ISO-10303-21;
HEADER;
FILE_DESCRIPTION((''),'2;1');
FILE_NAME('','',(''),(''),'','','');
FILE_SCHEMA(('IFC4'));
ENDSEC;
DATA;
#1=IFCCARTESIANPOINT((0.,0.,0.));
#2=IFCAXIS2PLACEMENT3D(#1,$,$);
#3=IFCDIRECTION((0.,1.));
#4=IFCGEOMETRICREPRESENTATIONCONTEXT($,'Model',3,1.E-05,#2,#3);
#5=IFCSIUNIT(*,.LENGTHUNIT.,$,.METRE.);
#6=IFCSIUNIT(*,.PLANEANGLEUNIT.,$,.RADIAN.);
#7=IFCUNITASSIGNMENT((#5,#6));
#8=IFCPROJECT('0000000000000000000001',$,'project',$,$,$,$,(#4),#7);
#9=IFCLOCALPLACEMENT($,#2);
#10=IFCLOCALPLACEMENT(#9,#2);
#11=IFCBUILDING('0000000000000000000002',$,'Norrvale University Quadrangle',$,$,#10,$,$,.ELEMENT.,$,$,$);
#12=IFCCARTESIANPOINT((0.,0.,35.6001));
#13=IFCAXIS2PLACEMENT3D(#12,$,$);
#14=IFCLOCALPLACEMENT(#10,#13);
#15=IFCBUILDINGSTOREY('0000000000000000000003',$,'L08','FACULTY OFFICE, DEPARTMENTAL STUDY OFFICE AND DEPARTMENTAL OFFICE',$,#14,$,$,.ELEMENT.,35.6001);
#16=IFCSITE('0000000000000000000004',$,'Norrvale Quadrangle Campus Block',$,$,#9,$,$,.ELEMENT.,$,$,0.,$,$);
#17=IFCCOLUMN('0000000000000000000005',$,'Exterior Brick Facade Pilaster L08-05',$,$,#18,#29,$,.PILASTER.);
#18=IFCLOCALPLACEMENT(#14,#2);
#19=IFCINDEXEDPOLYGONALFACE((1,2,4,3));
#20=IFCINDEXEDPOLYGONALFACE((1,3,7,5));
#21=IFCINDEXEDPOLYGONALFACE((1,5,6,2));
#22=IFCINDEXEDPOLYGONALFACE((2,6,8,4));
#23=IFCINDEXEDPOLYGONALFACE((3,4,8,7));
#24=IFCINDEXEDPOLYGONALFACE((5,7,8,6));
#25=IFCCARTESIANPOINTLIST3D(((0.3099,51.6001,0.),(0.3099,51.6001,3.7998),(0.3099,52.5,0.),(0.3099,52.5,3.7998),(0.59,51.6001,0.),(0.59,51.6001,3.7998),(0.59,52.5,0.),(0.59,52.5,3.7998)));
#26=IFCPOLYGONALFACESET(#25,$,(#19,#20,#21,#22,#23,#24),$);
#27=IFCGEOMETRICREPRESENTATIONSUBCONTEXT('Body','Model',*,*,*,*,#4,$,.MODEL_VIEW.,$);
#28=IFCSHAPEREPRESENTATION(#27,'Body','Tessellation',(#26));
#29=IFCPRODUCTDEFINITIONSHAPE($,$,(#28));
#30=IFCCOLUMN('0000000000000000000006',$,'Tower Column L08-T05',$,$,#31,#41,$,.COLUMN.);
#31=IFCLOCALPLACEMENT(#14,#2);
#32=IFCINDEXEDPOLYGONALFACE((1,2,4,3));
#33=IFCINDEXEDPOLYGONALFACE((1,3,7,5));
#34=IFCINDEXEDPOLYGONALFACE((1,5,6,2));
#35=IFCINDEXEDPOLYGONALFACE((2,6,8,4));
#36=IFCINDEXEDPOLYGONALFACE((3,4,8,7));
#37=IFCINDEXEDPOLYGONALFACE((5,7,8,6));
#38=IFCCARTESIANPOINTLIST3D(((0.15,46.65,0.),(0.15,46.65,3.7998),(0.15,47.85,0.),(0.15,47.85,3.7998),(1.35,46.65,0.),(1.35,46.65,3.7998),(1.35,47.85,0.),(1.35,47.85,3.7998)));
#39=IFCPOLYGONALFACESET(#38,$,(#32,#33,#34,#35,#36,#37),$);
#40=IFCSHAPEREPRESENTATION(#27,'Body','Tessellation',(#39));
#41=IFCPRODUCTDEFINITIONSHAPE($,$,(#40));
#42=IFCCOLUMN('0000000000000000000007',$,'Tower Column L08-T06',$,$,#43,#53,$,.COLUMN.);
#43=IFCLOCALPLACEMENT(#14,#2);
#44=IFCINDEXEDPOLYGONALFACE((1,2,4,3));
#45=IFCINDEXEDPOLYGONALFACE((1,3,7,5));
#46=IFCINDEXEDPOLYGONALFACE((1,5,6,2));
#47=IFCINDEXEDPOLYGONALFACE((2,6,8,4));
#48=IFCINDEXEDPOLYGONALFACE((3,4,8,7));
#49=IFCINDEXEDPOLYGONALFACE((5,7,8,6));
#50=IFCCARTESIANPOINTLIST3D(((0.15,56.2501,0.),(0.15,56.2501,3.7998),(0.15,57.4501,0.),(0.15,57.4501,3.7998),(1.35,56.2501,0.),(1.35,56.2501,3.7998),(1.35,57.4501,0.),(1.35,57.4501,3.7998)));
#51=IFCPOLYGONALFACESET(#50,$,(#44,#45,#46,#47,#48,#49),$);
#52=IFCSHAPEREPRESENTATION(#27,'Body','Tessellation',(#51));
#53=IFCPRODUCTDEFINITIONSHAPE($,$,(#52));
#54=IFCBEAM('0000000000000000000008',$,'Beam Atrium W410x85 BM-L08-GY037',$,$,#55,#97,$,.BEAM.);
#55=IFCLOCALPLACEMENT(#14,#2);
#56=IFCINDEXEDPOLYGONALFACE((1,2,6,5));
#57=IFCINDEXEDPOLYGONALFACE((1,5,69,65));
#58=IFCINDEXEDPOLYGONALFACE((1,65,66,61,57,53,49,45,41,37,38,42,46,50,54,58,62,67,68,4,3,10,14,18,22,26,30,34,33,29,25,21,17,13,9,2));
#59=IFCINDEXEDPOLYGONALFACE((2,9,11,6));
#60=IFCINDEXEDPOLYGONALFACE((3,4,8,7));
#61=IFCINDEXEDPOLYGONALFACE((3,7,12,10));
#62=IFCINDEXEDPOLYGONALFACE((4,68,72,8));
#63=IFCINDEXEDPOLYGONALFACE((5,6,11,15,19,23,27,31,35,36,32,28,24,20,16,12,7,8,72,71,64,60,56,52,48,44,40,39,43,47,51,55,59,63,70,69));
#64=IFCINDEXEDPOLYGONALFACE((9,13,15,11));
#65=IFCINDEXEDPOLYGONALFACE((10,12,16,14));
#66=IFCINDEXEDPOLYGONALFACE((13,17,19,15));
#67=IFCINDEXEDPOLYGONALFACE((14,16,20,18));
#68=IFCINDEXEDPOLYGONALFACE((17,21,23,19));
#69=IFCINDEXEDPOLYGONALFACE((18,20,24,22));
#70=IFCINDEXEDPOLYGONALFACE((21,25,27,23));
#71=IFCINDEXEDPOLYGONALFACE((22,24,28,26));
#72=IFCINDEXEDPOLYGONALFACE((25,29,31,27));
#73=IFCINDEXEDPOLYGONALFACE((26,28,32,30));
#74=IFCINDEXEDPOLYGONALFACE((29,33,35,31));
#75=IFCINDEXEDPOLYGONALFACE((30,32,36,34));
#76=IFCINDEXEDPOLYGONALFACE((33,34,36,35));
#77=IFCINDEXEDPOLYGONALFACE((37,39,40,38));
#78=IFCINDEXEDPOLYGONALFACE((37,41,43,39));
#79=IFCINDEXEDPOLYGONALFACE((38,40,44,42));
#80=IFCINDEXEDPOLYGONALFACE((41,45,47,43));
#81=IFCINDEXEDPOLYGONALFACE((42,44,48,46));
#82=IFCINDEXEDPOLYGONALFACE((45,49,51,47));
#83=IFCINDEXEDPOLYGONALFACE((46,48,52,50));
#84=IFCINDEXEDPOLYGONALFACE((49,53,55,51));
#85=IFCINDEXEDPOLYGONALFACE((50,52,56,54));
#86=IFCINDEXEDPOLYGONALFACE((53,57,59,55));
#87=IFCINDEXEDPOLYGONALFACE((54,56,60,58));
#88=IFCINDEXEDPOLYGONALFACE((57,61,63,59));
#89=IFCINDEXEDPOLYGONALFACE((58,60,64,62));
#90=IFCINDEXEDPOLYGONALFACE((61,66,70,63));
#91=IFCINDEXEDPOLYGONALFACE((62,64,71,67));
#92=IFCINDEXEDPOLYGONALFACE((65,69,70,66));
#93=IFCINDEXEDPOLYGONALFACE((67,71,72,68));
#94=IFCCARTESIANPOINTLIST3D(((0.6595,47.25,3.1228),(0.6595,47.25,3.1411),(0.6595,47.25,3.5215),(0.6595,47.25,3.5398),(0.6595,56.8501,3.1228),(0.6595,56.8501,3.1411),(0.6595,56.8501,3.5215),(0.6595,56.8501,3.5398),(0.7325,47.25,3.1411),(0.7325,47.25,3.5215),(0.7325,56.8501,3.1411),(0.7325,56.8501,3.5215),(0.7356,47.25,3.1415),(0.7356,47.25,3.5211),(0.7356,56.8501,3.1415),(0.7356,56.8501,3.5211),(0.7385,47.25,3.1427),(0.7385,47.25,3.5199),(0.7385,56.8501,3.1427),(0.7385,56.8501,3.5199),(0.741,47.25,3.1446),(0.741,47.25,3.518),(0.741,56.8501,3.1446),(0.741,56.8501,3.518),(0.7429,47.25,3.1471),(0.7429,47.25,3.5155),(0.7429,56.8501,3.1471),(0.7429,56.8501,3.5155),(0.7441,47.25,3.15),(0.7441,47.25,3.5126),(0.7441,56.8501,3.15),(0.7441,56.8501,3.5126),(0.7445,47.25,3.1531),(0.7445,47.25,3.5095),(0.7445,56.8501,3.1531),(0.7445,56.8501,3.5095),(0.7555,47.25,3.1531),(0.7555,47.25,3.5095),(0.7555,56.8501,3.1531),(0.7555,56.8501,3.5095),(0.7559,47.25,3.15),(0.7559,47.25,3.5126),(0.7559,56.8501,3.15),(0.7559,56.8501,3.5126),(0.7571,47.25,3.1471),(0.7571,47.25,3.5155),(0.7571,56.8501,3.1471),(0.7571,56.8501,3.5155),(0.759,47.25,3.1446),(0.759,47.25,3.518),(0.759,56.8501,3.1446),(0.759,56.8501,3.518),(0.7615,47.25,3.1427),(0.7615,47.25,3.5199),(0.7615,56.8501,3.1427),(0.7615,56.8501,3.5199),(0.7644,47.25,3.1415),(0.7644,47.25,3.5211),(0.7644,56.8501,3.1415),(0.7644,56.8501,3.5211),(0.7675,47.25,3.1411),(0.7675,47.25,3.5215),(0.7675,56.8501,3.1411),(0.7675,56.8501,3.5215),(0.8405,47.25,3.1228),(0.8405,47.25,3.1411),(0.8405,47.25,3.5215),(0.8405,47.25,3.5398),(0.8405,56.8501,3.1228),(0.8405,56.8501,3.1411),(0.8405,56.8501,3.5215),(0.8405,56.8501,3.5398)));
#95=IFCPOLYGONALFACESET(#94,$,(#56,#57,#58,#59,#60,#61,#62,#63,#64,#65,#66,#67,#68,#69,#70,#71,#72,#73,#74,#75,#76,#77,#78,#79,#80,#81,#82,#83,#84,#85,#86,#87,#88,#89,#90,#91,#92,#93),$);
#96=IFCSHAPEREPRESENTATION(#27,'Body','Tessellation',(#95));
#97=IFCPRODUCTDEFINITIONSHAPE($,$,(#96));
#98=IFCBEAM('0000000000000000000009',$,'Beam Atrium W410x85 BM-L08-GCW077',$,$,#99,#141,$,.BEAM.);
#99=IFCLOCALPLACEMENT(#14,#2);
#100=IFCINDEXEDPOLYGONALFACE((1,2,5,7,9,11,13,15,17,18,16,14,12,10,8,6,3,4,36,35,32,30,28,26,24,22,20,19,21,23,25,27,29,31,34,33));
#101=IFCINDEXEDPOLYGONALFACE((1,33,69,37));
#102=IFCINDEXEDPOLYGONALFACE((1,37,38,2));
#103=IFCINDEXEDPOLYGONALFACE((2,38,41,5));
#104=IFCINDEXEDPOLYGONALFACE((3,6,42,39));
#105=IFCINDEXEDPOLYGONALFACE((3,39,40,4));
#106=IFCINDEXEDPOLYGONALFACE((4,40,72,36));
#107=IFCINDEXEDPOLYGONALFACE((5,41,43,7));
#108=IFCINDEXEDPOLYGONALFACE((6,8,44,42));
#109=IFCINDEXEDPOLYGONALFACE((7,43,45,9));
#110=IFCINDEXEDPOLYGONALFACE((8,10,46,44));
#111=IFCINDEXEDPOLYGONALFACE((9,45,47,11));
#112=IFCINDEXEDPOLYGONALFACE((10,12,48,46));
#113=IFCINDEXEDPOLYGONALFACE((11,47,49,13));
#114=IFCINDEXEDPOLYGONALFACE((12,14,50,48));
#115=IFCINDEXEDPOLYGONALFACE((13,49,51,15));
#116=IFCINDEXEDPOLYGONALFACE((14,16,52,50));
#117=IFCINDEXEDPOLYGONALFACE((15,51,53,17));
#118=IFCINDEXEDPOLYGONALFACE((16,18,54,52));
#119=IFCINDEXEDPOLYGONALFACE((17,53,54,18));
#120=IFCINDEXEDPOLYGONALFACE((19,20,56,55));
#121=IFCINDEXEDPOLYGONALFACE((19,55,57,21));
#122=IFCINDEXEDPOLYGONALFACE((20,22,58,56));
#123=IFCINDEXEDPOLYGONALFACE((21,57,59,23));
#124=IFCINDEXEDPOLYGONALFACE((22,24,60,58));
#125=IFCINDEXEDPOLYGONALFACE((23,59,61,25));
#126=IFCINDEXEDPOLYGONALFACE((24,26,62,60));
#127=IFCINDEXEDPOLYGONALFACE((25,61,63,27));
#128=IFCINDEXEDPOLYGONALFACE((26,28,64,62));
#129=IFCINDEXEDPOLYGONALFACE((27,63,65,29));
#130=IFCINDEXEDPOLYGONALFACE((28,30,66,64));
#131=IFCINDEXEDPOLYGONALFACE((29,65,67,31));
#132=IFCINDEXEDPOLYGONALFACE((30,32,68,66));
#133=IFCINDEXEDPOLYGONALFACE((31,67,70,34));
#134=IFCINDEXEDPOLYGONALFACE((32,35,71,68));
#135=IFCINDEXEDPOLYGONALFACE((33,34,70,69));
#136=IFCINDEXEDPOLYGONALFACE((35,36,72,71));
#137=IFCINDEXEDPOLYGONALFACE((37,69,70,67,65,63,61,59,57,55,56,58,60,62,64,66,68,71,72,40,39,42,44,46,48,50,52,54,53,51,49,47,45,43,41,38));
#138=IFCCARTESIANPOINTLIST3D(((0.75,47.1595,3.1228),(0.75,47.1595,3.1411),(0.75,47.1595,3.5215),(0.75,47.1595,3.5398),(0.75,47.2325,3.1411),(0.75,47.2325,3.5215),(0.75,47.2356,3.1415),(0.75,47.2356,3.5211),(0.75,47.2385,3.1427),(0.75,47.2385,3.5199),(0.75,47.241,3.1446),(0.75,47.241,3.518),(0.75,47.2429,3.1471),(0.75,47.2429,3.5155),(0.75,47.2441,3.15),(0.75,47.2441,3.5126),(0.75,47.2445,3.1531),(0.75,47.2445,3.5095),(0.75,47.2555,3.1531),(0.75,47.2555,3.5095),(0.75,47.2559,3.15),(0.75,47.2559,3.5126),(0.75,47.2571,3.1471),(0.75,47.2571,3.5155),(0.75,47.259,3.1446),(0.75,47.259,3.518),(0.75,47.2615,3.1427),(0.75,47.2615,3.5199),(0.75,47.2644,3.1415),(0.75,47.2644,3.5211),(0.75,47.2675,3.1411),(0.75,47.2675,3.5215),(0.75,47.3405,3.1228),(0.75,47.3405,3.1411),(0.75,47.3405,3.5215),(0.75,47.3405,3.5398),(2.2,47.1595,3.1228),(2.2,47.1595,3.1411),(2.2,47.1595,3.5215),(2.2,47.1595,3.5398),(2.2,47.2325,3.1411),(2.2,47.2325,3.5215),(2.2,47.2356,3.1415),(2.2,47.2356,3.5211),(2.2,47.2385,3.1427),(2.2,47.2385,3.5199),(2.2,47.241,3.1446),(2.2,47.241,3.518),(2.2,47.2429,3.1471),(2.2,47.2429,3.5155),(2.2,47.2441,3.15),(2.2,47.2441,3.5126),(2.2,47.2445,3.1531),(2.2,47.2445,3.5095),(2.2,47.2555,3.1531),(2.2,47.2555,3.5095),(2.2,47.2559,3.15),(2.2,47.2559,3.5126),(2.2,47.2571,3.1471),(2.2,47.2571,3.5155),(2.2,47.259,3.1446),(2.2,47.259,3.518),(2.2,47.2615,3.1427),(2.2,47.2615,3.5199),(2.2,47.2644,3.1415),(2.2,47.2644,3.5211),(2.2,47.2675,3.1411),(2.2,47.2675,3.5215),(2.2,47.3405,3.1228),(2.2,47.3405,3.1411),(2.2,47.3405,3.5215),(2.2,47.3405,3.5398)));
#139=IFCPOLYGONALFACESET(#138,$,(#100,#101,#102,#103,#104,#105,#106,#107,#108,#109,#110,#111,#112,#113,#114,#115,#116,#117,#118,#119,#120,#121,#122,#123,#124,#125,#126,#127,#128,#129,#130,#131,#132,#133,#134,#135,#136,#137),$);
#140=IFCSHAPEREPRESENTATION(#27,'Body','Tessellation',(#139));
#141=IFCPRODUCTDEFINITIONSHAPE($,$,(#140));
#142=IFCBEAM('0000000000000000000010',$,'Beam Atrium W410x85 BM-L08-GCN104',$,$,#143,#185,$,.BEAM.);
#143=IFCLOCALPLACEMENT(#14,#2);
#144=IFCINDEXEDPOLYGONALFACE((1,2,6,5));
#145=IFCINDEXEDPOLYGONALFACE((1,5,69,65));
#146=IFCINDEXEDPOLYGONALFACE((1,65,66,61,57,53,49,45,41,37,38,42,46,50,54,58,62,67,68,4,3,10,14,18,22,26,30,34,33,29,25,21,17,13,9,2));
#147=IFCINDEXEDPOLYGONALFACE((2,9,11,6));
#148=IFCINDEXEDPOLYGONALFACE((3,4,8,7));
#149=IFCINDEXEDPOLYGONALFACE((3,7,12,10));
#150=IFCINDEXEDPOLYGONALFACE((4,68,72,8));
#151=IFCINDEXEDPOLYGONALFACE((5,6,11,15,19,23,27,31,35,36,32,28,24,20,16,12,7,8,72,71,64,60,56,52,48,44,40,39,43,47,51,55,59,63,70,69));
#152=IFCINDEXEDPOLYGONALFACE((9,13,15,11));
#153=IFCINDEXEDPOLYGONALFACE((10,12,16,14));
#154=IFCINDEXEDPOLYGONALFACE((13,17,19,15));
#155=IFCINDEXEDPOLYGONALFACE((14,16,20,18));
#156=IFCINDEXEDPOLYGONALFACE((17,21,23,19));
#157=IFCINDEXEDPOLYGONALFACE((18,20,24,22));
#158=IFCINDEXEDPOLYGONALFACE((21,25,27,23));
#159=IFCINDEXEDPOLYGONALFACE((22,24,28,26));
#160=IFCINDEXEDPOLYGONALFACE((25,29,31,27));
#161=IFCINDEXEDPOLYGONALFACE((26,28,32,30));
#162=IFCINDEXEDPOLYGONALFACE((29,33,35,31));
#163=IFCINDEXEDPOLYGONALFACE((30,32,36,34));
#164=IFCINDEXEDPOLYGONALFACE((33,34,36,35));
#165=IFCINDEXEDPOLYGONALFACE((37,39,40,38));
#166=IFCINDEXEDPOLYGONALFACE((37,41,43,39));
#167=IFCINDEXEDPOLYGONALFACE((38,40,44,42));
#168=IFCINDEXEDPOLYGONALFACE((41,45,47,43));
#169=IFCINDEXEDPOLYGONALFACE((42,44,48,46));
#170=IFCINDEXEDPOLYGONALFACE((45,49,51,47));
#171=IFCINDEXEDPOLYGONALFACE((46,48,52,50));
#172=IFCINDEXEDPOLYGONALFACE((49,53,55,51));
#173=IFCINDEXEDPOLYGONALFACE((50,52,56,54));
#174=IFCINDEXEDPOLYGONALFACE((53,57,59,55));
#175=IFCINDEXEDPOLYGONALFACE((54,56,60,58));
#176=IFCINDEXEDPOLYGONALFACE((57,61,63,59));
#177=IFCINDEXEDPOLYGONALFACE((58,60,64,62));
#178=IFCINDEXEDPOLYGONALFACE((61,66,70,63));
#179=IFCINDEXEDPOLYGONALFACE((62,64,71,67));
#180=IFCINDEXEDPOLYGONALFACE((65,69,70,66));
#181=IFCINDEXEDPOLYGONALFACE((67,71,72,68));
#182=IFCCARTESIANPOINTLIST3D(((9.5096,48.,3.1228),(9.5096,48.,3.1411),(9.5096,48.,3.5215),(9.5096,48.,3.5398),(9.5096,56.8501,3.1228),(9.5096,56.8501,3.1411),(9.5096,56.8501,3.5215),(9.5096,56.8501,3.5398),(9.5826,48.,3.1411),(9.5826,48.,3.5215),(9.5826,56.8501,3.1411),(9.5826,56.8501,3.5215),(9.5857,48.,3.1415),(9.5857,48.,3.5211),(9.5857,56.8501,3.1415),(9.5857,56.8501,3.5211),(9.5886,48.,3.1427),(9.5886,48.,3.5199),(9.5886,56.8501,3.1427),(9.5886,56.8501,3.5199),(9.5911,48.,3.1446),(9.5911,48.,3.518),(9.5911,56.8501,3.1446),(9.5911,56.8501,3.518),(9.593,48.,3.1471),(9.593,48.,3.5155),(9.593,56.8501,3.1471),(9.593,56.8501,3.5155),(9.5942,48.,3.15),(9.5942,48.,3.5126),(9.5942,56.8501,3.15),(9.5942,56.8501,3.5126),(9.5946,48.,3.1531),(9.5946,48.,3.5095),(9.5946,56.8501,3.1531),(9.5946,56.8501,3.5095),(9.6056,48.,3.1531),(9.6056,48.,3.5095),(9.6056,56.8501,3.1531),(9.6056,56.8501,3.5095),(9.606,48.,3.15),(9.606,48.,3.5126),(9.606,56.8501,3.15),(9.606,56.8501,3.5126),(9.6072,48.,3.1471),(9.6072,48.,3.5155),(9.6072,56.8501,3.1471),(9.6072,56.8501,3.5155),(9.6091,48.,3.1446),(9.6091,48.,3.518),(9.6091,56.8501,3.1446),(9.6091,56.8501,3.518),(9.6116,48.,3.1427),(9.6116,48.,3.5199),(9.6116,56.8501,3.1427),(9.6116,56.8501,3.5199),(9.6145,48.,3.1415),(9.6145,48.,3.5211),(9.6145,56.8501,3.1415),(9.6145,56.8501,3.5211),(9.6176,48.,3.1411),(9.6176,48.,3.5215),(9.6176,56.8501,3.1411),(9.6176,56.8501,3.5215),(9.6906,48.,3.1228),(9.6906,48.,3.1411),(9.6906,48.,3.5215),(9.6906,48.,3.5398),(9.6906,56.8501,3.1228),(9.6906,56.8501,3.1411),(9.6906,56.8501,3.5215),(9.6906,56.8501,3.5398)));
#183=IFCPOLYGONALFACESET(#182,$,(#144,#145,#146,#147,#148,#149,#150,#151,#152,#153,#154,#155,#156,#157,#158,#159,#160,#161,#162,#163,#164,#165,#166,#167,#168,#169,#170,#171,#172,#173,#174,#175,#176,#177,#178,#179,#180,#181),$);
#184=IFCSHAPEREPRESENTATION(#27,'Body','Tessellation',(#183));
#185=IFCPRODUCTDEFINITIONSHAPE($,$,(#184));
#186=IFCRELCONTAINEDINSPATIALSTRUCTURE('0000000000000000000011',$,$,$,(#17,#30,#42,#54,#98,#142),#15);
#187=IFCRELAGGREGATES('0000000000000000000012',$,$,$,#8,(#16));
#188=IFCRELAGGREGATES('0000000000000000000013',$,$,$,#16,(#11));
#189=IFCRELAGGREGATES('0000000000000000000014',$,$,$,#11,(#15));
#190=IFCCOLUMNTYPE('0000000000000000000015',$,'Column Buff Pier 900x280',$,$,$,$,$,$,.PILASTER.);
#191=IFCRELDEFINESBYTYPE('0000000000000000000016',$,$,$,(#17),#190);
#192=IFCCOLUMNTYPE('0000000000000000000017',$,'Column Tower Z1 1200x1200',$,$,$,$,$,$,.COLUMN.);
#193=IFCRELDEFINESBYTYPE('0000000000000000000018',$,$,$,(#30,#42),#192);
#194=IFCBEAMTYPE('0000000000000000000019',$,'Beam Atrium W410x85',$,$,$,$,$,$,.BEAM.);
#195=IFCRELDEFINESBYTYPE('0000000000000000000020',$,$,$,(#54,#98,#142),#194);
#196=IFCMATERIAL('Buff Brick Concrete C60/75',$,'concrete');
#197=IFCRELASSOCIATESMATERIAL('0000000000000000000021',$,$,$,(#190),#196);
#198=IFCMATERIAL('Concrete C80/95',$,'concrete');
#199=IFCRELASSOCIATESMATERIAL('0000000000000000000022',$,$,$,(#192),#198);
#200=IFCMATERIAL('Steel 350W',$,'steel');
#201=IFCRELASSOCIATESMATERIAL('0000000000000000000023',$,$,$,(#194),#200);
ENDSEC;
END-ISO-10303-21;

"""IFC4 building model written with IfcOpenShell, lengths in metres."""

from ifc_helpers import new_model, si_unit, direction, frame, origin, origin_2d, place, context, subcontext, project, spatial, rectangle, i_section, extrude, material, material_profile, profile_set, type_object, element, save


model = new_model("IFC4")

# Units and contexts
model_context = context("Model", 3, precision=1e-05, world=origin(), true_north=direction((0.0, 1.0)))
body_context = subcontext(model_context, "Body", "Model", "MODEL_VIEW")
ifc_project = project(units=[si_unit("LENGTHUNIT", "METRE"), si_unit("PLANEANGLEUNIT", "RADIAN")], contexts=[model_context])

# Site, building, storey
site_placement = place(None, origin())
site = spatial("IfcSite", under=ifc_project, at=site_placement, Name="Norrvale Quadrangle Campus Block", CompositionType="ELEMENT", RefElevation=0.0)
building_placement = place(site_placement, origin())
building = spatial("IfcBuilding", under=site, at=building_placement, Name="Norrvale University Quadrangle", CompositionType="ELEMENT")
storey_placement = place(building_placement, frame((0.0, 0.0, 35.6001)))
storey = spatial("IfcBuildingStorey", under=building, at=storey_placement, Name="L08", Description="FACULTY OFFICE, DEPARTMENTAL STUDY OFFICE AND DEPARTMENTAL OFFICE", CompositionType="ELEMENT", Elevation=35.6001)

# Columns
ifc_material_1 = material(Name="Buff Brick Concrete C60/75", Category="concrete")
ifc_material_profile_1 = material_profile(ifc_material_1, rectangle(XDim=0.8999, YDim=0.28, at=origin_2d()), Name="Buff Brick Concrete C60/75")
ifc_profile_set_1 = profile_set([ifc_material_profile_1], Name="Buff Brick Concrete C60/75")
column_type_1 = type_object("IfcColumnType", Name="Column Buff Pier 900x280", PredefinedType="PILASTER", material=ifc_profile_set_1)
column_placement = place(storey_placement, frame((0.45, 52.05, 0.0), z_axis=(0.0, 0.0, 1.0), x_axis=(0.0, 1.0, 0.0)))
element("IfcColumn", 1, at=column_placement, inside=storey, type_object=column_type_1, Name="Exterior Brick Facade Pilaster L08-05", PredefinedType="PILASTER", context=body_context, shape_type="SweptSolid", body=[
    extrude(rectangle(XDim=0.8999, YDim=0.28, at=origin_2d()), origin(), (0.0, 0.0, 1.0), 3.7998),
])
ifc_material_2 = material(Name="Concrete C80/95", Category="concrete")
ifc_material_profile_2 = material_profile(ifc_material_2, rectangle(XDim=1.2, YDim=1.2, at=origin_2d()), Name="Concrete C80/95")
ifc_profile_set_2 = profile_set([ifc_material_profile_2], Name="Concrete C80/95")
column_type_2 = type_object("IfcColumnType", Name="Column Tower Z1 1200x1200", PredefinedType="COLUMN", material=ifc_profile_set_2)
for number, where, z_axis, x_axis, name in (
    (2, (0.75, 47.25, 0.0), (0.0, 0.0, 1.0), (1.0, 0.0, 0.0), "Tower Column L08-T05"),
    (3, (0.75, 56.8501, 0.0), (0.0, 0.0, 1.0), (1.0, 0.0, 0.0), "Tower Column L08-T06"),
):
    element("IfcColumn", number, at=place(storey_placement, frame(where, z_axis=z_axis, x_axis=x_axis)), inside=storey, type_object=column_type_2, Name=name, PredefinedType="COLUMN", context=body_context, shape_type="SweptSolid", body=[
        extrude(rectangle(XDim=1.2, YDim=1.2, at=origin_2d()), origin(), (0.0, 0.0, 1.0), 3.7998),
    ])

# Beams
ifc_material_3 = material(Name="Steel 350W", Category="steel")
ifc_material_profile_3 = material_profile(ifc_material_3, i_section(OverallWidth=0.1809, OverallDepth=0.417, WebThickness=0.011, FlangeThickness=0.0183, FilletRadius=0.012, at=origin_2d()), Name="Steel 350W")
ifc_profile_set_3 = profile_set([ifc_material_profile_3], Name="Steel 350W")
beam_type_1 = type_object("IfcBeamType", Name="Beam Atrium W410x85", PredefinedType="BEAM", material=ifc_profile_set_3)
beam_1_placement = place(storey_placement, frame((0.75, 47.25, 3.3313), z_axis=(0.0, 1.0, 0.0), x_axis=(-1.0, 0.0, 0.0)))
element("IfcBeam", 4, at=beam_1_placement, inside=storey, type_object=beam_type_1, Name="Beam Atrium W410x85 BM-L08-GY037", PredefinedType="BEAM", context=body_context, shape_type="SweptSolid", body=[
    extrude(i_section(OverallWidth=0.1809, OverallDepth=0.417, WebThickness=0.011, FlangeThickness=0.0183, FilletRadius=0.012, at=origin_2d()), origin(), (0.0, 0.0, 1.0), 9.6001),
])
beam_2_placement = place(storey_placement, frame((0.75, 47.25, 3.3313), z_axis=(1.0, 0.0, 0.0), x_axis=(0.0, 1.0, 0.0)))
element("IfcBeam", 5, at=beam_2_placement, inside=storey, type_object=beam_type_1, Name="Beam Atrium W410x85 BM-L08-GCW077", PredefinedType="BEAM", context=body_context, shape_type="SweptSolid", body=[
    extrude(i_section(OverallWidth=0.1809, OverallDepth=0.417, WebThickness=0.011, FlangeThickness=0.0183, FilletRadius=0.012, at=origin_2d()), origin(), (0.0, 0.0, 1.0), 1.45),
])
beam_3_placement = place(storey_placement, frame((9.6001, 48.0, 3.3313), z_axis=(0.0, 1.0, 0.0), x_axis=(-1.0, 0.0, 0.0)))
element("IfcBeam", 6, at=beam_3_placement, inside=storey, type_object=beam_type_1, Name="Beam Atrium W410x85 BM-L08-GCN104", PredefinedType="BEAM", context=body_context, shape_type="SweptSolid", body=[
    extrude(i_section(OverallWidth=0.1809, OverallDepth=0.417, WebThickness=0.011, FlangeThickness=0.0183, FilletRadius=0.012, at=origin_2d()), origin(), (0.0, 0.0, 1.0), 8.8501),
])

save(model, "model.ifc")
